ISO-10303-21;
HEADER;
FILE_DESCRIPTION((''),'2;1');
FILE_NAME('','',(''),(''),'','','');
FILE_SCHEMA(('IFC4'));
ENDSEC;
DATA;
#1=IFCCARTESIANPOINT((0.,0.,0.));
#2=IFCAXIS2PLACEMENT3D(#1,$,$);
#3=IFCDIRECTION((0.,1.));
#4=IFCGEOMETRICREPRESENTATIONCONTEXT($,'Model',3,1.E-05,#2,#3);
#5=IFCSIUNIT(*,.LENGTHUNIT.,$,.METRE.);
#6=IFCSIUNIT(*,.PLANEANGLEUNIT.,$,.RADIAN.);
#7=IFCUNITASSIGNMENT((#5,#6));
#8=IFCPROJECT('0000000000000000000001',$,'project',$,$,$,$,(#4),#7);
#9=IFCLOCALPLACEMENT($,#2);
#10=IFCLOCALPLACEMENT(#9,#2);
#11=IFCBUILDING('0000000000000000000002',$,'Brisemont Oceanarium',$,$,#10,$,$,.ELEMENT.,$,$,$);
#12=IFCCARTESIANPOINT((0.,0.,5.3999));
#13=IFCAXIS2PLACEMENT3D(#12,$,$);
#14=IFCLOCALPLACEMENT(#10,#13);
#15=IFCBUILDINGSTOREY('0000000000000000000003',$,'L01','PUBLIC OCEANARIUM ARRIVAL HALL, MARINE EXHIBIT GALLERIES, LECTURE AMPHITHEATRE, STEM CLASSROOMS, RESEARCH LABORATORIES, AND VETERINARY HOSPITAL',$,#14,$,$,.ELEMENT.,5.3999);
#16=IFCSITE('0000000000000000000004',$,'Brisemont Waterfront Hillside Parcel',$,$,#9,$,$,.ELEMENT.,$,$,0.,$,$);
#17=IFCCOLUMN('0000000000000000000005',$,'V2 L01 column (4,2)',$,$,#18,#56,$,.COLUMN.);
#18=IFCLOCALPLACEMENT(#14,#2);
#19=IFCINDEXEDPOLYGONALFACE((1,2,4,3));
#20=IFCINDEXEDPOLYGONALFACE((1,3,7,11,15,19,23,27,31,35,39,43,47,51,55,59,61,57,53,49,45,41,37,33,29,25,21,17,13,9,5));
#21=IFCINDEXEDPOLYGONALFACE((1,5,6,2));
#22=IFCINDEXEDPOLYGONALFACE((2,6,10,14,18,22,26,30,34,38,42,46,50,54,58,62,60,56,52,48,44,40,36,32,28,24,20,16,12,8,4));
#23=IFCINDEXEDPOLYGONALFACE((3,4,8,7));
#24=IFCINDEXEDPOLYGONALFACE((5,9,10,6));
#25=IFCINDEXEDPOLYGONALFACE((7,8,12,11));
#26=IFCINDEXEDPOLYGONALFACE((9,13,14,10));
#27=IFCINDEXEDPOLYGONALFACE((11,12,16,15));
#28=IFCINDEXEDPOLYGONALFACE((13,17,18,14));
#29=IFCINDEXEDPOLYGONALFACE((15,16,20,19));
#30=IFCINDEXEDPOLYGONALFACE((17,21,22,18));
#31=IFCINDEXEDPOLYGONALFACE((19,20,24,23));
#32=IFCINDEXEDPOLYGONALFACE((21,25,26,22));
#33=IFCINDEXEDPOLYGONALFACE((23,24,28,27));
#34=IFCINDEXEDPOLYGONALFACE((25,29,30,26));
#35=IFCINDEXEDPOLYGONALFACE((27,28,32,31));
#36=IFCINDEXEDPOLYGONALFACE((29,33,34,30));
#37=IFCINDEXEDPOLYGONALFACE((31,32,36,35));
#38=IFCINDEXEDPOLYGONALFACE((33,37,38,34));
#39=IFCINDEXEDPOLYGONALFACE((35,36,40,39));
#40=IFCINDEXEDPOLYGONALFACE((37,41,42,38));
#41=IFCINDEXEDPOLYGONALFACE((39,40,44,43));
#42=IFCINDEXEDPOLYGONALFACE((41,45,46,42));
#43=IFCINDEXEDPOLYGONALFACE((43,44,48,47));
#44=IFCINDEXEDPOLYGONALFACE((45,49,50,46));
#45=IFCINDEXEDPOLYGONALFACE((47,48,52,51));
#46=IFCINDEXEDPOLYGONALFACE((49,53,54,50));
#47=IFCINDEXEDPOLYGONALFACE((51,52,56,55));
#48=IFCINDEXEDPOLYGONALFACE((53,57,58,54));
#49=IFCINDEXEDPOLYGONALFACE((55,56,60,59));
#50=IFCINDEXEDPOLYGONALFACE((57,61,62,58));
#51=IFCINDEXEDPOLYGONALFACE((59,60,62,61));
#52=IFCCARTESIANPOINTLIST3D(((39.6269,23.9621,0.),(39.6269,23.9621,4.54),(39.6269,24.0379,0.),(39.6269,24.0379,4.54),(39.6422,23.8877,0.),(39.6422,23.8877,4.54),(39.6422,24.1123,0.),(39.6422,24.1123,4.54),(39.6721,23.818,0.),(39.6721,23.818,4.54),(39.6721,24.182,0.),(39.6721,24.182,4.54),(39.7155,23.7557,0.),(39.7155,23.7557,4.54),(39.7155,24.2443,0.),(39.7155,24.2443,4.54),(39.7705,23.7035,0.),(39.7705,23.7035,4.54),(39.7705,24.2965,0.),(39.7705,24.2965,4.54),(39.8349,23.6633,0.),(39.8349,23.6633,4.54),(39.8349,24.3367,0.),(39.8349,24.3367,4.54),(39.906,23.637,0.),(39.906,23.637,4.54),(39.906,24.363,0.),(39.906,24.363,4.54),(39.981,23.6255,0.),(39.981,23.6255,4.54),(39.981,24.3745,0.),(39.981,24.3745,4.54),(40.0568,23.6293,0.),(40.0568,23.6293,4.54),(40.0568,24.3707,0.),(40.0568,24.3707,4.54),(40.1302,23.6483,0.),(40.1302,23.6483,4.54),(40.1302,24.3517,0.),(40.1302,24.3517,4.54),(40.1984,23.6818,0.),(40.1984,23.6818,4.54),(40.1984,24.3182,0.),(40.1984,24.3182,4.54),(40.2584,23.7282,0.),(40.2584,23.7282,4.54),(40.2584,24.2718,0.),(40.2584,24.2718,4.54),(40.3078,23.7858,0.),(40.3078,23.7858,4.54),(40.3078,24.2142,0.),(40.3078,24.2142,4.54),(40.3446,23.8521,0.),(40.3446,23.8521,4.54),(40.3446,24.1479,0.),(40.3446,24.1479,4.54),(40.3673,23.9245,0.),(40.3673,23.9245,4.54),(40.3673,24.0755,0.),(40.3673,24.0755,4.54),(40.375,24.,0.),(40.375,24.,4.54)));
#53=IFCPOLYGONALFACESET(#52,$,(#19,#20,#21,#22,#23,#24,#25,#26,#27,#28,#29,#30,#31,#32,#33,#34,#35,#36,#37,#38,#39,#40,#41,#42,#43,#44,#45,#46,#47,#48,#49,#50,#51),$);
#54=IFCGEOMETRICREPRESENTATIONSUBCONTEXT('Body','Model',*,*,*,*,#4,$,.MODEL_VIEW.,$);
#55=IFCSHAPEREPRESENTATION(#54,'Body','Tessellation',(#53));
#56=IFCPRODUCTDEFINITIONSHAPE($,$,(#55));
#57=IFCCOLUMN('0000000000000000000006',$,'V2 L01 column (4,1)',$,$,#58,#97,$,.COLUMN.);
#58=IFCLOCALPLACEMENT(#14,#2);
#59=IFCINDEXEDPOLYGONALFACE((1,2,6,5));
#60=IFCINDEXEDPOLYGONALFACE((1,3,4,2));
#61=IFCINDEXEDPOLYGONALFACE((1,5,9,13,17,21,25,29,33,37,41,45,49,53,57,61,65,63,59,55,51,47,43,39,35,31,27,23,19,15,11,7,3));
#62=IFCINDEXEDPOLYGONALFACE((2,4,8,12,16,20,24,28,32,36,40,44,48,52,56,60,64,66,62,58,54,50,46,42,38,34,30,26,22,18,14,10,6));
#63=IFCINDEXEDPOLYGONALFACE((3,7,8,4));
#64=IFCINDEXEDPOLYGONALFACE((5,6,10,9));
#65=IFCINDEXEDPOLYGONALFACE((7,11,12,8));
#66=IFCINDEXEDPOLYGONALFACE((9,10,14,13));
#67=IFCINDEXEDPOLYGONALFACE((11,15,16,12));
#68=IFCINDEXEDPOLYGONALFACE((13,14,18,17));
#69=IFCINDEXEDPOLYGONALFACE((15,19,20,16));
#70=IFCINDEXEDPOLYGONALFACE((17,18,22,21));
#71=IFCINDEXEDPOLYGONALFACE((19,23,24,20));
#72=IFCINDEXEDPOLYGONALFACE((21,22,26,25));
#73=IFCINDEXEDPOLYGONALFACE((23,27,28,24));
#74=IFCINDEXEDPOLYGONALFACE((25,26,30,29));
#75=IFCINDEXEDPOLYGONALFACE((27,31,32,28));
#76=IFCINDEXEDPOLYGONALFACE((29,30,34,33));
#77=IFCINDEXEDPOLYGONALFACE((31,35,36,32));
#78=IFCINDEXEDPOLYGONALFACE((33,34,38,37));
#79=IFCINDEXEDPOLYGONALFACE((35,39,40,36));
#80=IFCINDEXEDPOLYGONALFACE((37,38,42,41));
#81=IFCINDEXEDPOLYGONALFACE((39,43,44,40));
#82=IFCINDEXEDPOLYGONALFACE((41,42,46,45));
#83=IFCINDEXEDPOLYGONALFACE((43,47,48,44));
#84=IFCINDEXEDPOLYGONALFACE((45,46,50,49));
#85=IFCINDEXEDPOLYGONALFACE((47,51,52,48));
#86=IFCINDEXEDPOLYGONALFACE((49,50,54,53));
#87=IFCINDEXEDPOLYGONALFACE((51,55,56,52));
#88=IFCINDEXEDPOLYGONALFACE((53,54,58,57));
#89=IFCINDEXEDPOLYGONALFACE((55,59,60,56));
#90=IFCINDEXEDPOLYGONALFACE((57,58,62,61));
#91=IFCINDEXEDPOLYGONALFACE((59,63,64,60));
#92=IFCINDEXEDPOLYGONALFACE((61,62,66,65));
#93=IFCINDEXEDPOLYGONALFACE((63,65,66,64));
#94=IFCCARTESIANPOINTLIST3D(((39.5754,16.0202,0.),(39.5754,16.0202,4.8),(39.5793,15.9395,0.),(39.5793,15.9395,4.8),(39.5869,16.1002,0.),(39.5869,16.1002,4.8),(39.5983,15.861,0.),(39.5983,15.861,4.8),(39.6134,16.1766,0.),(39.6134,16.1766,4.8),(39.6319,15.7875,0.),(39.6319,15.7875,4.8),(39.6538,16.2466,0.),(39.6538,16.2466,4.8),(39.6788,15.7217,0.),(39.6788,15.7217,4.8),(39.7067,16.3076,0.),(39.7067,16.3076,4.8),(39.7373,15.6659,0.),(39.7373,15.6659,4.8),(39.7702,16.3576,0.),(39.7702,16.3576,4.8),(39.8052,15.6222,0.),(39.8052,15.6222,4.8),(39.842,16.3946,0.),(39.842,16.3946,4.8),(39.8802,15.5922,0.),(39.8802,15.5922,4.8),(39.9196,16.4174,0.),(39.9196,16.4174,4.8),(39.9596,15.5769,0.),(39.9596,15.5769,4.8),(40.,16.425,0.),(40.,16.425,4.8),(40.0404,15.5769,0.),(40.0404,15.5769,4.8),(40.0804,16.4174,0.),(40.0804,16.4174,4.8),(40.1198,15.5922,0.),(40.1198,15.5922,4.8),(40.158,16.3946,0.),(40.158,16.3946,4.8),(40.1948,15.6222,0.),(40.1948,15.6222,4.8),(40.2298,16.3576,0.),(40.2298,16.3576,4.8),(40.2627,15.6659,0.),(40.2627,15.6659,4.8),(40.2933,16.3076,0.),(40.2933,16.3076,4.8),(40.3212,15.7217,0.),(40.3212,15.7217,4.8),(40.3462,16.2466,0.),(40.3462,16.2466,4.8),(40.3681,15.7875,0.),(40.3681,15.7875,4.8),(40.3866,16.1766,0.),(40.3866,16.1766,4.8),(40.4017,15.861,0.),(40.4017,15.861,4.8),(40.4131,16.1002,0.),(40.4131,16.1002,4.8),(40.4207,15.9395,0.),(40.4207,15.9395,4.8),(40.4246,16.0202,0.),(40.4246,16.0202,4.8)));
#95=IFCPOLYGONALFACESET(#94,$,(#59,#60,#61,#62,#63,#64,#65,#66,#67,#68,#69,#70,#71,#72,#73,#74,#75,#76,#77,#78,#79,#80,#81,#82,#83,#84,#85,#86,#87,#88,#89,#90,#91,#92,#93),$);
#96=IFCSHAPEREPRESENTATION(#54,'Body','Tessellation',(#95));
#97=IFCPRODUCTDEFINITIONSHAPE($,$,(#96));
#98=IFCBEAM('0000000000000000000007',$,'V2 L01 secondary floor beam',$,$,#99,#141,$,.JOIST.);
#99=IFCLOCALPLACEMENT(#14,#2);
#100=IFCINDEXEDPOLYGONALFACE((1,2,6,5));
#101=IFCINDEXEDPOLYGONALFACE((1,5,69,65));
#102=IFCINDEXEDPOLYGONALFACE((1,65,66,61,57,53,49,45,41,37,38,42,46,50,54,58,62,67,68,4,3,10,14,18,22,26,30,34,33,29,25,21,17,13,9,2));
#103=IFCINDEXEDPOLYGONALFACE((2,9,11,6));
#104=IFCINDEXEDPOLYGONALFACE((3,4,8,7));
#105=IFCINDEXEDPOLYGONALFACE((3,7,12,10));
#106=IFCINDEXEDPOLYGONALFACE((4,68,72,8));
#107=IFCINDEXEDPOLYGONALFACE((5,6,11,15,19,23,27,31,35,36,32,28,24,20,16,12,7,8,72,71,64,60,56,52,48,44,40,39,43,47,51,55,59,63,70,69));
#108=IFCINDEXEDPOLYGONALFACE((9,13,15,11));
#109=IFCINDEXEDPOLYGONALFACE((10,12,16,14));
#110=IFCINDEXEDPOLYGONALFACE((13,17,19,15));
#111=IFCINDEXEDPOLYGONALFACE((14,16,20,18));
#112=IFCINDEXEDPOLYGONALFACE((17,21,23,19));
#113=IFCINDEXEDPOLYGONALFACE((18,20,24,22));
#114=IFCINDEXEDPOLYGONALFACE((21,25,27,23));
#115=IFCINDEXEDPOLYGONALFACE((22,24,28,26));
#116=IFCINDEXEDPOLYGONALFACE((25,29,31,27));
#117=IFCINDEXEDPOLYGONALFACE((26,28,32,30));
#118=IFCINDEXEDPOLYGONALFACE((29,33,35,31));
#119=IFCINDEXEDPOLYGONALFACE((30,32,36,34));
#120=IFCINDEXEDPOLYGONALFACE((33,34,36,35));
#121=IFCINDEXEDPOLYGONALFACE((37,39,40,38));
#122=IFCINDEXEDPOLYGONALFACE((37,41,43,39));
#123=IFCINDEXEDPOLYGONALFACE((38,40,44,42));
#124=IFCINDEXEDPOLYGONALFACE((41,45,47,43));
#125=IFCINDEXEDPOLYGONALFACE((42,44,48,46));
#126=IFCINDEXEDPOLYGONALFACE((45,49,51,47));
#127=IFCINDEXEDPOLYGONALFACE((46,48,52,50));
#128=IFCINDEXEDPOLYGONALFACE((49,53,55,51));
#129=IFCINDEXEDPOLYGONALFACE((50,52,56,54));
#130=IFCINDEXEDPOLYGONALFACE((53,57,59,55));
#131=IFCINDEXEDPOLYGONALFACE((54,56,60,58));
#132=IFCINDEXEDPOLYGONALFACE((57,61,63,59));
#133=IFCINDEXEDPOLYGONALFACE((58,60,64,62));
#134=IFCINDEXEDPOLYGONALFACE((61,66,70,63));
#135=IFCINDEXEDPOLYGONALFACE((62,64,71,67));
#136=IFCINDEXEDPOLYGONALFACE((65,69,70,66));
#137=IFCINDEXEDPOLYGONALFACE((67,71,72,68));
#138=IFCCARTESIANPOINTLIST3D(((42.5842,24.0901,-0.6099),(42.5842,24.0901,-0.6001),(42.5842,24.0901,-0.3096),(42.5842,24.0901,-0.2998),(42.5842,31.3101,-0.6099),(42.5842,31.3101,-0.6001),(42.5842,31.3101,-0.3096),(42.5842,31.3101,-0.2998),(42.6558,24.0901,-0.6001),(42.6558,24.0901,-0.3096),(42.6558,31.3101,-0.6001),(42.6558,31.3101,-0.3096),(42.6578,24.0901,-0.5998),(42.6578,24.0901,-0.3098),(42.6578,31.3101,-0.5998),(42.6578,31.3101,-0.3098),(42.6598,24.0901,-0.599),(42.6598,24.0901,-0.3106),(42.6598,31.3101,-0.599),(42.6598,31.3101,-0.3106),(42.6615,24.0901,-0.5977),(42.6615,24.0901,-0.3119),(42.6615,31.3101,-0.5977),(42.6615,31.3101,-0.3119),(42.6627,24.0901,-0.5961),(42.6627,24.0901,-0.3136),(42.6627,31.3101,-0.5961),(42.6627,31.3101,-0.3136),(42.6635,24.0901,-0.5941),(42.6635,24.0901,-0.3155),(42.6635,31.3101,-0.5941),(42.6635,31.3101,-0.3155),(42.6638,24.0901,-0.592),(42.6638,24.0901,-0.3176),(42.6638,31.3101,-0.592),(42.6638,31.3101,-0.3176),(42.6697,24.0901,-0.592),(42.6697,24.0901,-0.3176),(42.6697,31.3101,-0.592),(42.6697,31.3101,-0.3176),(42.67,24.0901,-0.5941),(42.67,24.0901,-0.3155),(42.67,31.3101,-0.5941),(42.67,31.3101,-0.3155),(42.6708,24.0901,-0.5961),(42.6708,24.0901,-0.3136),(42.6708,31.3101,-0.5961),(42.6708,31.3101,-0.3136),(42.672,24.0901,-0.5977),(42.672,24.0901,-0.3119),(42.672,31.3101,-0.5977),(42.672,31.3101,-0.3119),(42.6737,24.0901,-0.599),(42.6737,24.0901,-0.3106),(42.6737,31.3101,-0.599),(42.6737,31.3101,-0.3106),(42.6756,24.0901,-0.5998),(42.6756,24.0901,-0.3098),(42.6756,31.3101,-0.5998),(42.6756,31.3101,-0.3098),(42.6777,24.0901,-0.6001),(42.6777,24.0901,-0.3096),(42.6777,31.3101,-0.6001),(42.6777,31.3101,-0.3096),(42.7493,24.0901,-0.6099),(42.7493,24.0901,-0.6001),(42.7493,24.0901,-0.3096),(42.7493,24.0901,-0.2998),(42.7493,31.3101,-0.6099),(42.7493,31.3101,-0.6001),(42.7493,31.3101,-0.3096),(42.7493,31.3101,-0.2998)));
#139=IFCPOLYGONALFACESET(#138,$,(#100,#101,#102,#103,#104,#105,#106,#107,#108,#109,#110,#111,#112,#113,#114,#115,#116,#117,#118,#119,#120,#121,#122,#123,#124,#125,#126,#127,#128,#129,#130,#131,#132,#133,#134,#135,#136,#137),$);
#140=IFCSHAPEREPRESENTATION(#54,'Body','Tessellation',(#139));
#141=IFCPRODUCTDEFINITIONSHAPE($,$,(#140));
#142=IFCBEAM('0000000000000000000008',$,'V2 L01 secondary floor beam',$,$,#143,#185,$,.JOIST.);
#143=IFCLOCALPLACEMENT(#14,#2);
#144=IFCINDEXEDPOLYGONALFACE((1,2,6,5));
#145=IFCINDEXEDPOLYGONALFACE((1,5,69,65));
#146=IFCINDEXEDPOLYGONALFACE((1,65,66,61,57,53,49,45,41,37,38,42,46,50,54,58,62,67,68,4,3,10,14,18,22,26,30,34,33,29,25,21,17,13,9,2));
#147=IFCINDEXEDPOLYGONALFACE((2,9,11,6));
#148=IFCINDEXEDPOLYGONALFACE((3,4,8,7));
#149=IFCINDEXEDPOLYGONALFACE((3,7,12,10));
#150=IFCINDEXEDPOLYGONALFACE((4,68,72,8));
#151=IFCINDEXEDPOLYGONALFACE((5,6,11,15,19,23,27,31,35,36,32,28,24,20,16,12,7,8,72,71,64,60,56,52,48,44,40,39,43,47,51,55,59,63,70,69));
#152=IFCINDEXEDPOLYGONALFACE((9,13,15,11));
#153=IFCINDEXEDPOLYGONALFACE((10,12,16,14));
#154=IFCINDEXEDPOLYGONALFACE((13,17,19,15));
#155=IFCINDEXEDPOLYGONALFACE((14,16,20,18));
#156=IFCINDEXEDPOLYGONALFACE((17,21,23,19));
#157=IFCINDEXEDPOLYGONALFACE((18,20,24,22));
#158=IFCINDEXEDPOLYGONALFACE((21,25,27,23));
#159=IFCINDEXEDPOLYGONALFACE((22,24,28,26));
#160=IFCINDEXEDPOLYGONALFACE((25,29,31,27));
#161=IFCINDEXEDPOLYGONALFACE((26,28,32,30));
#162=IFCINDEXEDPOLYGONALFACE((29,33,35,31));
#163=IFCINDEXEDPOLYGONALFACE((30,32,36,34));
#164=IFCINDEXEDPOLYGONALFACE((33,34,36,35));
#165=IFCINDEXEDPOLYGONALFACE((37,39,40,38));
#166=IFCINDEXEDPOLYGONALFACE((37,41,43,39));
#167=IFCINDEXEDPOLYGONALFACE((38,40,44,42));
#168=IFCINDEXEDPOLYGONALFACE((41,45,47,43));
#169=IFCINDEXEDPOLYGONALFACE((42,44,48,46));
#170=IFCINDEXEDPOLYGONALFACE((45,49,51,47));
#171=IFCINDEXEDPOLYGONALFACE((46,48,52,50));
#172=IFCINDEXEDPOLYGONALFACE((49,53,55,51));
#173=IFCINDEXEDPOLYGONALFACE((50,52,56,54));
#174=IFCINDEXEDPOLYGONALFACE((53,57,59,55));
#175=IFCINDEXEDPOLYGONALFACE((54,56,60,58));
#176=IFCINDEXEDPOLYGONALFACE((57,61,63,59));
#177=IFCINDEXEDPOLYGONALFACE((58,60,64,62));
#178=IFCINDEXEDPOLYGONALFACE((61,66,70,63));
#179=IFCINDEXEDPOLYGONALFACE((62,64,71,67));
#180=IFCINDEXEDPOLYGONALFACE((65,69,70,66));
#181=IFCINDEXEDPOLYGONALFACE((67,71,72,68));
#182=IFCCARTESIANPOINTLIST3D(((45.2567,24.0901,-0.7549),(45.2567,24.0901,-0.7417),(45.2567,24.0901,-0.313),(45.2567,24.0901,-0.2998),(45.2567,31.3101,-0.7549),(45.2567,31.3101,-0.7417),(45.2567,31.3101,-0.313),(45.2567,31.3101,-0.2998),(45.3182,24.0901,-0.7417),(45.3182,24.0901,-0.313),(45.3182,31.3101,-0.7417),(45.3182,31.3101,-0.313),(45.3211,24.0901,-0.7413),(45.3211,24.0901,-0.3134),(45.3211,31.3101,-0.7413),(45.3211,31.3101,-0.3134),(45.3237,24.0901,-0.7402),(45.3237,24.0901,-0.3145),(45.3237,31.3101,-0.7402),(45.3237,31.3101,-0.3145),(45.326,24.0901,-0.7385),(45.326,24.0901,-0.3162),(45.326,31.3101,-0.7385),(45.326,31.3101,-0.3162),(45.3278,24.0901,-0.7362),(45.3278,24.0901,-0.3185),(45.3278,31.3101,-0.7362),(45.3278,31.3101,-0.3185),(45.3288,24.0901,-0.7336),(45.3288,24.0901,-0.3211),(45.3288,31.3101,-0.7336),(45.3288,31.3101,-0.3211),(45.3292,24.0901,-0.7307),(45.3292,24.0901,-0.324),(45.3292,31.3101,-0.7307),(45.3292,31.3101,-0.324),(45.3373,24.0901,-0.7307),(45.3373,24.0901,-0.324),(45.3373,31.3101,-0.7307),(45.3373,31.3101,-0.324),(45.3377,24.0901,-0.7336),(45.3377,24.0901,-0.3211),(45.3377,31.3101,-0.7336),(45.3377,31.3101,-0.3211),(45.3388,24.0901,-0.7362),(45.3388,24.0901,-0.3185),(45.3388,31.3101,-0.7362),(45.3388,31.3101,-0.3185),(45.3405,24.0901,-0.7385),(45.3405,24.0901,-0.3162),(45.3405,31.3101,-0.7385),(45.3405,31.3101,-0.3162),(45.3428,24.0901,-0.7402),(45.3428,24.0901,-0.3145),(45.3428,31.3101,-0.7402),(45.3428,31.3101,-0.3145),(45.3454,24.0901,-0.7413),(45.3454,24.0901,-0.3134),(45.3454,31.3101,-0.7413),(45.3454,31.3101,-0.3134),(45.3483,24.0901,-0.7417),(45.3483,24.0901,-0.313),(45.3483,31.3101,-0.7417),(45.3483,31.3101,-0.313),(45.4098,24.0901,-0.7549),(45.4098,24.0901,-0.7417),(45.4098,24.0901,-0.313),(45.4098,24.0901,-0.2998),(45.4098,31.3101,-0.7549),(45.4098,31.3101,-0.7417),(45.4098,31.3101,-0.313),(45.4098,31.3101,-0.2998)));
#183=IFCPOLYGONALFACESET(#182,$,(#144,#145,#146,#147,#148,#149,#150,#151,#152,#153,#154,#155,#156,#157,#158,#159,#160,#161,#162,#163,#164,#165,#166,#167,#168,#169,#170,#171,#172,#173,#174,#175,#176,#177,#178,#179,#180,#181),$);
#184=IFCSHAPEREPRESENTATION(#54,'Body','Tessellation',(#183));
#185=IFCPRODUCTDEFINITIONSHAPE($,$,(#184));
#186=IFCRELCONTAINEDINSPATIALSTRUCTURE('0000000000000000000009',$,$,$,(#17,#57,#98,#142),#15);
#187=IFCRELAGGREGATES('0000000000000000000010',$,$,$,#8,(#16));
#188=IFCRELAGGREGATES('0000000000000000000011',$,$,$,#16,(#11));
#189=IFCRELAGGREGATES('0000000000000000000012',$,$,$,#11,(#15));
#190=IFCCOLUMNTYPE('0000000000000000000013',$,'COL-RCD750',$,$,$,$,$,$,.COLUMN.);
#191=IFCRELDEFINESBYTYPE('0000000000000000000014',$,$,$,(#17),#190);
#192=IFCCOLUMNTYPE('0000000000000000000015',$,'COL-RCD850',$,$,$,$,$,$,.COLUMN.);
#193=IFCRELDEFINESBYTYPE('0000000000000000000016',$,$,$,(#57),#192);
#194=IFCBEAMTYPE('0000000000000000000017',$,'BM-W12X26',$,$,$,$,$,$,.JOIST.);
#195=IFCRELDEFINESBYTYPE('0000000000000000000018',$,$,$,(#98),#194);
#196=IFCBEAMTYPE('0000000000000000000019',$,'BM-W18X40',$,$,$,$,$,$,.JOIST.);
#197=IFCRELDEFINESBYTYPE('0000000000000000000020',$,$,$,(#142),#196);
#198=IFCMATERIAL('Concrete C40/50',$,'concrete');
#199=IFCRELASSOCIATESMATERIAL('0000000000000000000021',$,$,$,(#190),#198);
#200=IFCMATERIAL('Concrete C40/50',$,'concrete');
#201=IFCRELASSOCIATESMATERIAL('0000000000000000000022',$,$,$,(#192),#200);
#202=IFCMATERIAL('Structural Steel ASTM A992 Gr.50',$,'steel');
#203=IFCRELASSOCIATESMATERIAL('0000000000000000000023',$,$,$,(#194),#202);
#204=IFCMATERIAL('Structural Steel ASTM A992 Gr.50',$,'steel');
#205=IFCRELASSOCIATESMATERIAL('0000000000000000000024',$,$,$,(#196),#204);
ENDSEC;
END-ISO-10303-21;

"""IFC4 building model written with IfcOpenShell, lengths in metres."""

from ifc_helpers import new_model, si_unit, direction, frame, origin, origin_2d, place, context, subcontext, project, spatial, circle, i_section, extrude, material, material_profile, profile_set, type_object, element, save


model = new_model("IFC4")

# Units and contexts
model_context = context("Model", 3, precision=1e-05, world=origin(), true_north=direction((0.0, 1.0)))
body_context = subcontext(model_context, "Body", "Model", "MODEL_VIEW")
ifc_project = project(units=[si_unit("LENGTHUNIT", "METRE"), si_unit("PLANEANGLEUNIT", "RADIAN")], contexts=[model_context])

# Site, building, storey
site_placement = place(None, origin())
site = spatial("IfcSite", under=ifc_project, at=site_placement, Name="Brisemont Waterfront Hillside Parcel", CompositionType="ELEMENT", RefElevation=0.0)
building_placement = place(site_placement, origin())
building = spatial("IfcBuilding", under=site, at=building_placement, Name="Brisemont Oceanarium", CompositionType="ELEMENT")
storey_placement = place(building_placement, frame((0.0, 0.0, 5.3999)))
storey = spatial("IfcBuildingStorey", under=building, at=storey_placement, Name="L01", Description="PUBLIC OCEANARIUM ARRIVAL HALL, MARINE EXHIBIT GALLERIES, LECTURE AMPHITHEATRE, STEM CLASSROOMS, RESEARCH LABORATORIES, AND VETERINARY HOSPITAL", CompositionType="ELEMENT", Elevation=5.3999)

# Columns
ifc_material_1 = material(Name="Concrete C40/50", Category="concrete")
ifc_material_profile_1 = material_profile(ifc_material_1, circle(Radius=0.375, at=origin_2d()), Name="RC-COL-D750")
ifc_profile_set_1 = profile_set([ifc_material_profile_1], Name="Concrete C40/50")
column_type_1 = type_object("IfcColumnType", Name="COL-RCD750", PredefinedType="COLUMN", material=ifc_profile_set_1)
column_1_placement = place(storey_placement, frame((40.0, 24.0, 0.0), z_axis=(0.0, 0.0, 1.0), x_axis=(1.0, 0.0, 0.0)))
element("IfcColumn", 1, at=column_1_placement, inside=storey, type_object=column_type_1, Name="V2 L01 column (4,2)", PredefinedType="COLUMN", context=body_context, shape_type="SweptSolid", body=[
    extrude(circle(Radius=0.375, at=origin_2d()), origin(), (0.0, 0.0, 1.0), 4.54),
])
ifc_material_2 = material(Name="Concrete C40/50", Category="concrete")
ifc_material_profile_2 = material_profile(ifc_material_2, circle(Radius=0.425, at=origin_2d()), Name="RC-COL-D850")
ifc_profile_set_2 = profile_set([ifc_material_profile_2], Name="Concrete C40/50")
column_type_2 = type_object("IfcColumnType", Name="COL-RCD850", PredefinedType="COLUMN", material=ifc_profile_set_2)
column_2_placement = place(storey_placement, frame((40.0, 16.0, 0.0), z_axis=(0.0, 0.0, 1.0), x_axis=(0.0, 1.0, 0.0)))
element("IfcColumn", 2, at=column_2_placement, inside=storey, type_object=column_type_2, Name="V2 L01 column (4,1)", PredefinedType="COLUMN", context=body_context, shape_type="SweptSolid", body=[
    extrude(circle(Radius=0.425, at=origin_2d()), origin(), (0.0, 0.0, 1.0), 4.8),
])

# Beams
ifc_material_3 = material(Name="Structural Steel ASTM A992 Gr.50", Category="steel")
ifc_material_profile_3 = material_profile(ifc_material_3, i_section(OverallWidth=0.165, OverallDepth=0.3101, WebThickness=0.0059, FlangeThickness=0.0098, FilletRadius=0.0081, at=origin_2d()), Name="W12X26")
ifc_profile_set_3 = profile_set([ifc_material_profile_3], Name="Structural Steel ASTM A992 Gr.50")
beam_type_1 = type_object("IfcBeamType", Name="BM-W12X26", PredefinedType="JOIST", material=ifc_profile_set_3)
beam_1_placement = place(storey_placement, frame((42.6667, 24.0901, -0.4548), z_axis=(0.0, 1.0, 0.0), x_axis=(-1.0, 0.0, 0.0)))
element("IfcBeam", 3, at=beam_1_placement, inside=storey, type_object=beam_type_1, Name="V2 L01 secondary floor beam", PredefinedType="JOIST", context=body_context, shape_type="SweptSolid", body=[
    extrude(i_section(OverallWidth=0.165, OverallDepth=0.3101, WebThickness=0.0059, FlangeThickness=0.0098, FilletRadius=0.0081, at=origin_2d()), origin(), (0.0, 0.0, 1.0), 7.22),
])
ifc_material_4 = material(Name="Structural Steel ASTM A992 Gr.50", Category="steel")
ifc_material_profile_4 = material_profile(ifc_material_4, i_section(OverallWidth=0.1531, OverallDepth=0.4551, WebThickness=0.0081, FlangeThickness=0.0132, FilletRadius=0.011, at=origin_2d()), Name="W18X40")
ifc_profile_set_4 = profile_set([ifc_material_profile_4], Name="Structural Steel ASTM A992 Gr.50")
beam_type_2 = type_object("IfcBeamType", Name="BM-W18X40", PredefinedType="JOIST", material=ifc_profile_set_4)
beam_2_placement = place(storey_placement, frame((45.3333, 24.0901, -0.5273), z_axis=(0.0, 1.0, 0.0), x_axis=(-1.0, 0.0, 0.0)))
element("IfcBeam", 4, at=beam_2_placement, inside=storey, type_object=beam_type_2, Name="V2 L01 secondary floor beam", PredefinedType="JOIST", context=body_context, shape_type="SweptSolid", body=[
    extrude(i_section(OverallWidth=0.1531, OverallDepth=0.4551, WebThickness=0.0081, FlangeThickness=0.0132, FilletRadius=0.011, at=origin_2d()), origin(), (0.0, 0.0, 1.0), 7.22),
])

save(model, "model.ifc")
